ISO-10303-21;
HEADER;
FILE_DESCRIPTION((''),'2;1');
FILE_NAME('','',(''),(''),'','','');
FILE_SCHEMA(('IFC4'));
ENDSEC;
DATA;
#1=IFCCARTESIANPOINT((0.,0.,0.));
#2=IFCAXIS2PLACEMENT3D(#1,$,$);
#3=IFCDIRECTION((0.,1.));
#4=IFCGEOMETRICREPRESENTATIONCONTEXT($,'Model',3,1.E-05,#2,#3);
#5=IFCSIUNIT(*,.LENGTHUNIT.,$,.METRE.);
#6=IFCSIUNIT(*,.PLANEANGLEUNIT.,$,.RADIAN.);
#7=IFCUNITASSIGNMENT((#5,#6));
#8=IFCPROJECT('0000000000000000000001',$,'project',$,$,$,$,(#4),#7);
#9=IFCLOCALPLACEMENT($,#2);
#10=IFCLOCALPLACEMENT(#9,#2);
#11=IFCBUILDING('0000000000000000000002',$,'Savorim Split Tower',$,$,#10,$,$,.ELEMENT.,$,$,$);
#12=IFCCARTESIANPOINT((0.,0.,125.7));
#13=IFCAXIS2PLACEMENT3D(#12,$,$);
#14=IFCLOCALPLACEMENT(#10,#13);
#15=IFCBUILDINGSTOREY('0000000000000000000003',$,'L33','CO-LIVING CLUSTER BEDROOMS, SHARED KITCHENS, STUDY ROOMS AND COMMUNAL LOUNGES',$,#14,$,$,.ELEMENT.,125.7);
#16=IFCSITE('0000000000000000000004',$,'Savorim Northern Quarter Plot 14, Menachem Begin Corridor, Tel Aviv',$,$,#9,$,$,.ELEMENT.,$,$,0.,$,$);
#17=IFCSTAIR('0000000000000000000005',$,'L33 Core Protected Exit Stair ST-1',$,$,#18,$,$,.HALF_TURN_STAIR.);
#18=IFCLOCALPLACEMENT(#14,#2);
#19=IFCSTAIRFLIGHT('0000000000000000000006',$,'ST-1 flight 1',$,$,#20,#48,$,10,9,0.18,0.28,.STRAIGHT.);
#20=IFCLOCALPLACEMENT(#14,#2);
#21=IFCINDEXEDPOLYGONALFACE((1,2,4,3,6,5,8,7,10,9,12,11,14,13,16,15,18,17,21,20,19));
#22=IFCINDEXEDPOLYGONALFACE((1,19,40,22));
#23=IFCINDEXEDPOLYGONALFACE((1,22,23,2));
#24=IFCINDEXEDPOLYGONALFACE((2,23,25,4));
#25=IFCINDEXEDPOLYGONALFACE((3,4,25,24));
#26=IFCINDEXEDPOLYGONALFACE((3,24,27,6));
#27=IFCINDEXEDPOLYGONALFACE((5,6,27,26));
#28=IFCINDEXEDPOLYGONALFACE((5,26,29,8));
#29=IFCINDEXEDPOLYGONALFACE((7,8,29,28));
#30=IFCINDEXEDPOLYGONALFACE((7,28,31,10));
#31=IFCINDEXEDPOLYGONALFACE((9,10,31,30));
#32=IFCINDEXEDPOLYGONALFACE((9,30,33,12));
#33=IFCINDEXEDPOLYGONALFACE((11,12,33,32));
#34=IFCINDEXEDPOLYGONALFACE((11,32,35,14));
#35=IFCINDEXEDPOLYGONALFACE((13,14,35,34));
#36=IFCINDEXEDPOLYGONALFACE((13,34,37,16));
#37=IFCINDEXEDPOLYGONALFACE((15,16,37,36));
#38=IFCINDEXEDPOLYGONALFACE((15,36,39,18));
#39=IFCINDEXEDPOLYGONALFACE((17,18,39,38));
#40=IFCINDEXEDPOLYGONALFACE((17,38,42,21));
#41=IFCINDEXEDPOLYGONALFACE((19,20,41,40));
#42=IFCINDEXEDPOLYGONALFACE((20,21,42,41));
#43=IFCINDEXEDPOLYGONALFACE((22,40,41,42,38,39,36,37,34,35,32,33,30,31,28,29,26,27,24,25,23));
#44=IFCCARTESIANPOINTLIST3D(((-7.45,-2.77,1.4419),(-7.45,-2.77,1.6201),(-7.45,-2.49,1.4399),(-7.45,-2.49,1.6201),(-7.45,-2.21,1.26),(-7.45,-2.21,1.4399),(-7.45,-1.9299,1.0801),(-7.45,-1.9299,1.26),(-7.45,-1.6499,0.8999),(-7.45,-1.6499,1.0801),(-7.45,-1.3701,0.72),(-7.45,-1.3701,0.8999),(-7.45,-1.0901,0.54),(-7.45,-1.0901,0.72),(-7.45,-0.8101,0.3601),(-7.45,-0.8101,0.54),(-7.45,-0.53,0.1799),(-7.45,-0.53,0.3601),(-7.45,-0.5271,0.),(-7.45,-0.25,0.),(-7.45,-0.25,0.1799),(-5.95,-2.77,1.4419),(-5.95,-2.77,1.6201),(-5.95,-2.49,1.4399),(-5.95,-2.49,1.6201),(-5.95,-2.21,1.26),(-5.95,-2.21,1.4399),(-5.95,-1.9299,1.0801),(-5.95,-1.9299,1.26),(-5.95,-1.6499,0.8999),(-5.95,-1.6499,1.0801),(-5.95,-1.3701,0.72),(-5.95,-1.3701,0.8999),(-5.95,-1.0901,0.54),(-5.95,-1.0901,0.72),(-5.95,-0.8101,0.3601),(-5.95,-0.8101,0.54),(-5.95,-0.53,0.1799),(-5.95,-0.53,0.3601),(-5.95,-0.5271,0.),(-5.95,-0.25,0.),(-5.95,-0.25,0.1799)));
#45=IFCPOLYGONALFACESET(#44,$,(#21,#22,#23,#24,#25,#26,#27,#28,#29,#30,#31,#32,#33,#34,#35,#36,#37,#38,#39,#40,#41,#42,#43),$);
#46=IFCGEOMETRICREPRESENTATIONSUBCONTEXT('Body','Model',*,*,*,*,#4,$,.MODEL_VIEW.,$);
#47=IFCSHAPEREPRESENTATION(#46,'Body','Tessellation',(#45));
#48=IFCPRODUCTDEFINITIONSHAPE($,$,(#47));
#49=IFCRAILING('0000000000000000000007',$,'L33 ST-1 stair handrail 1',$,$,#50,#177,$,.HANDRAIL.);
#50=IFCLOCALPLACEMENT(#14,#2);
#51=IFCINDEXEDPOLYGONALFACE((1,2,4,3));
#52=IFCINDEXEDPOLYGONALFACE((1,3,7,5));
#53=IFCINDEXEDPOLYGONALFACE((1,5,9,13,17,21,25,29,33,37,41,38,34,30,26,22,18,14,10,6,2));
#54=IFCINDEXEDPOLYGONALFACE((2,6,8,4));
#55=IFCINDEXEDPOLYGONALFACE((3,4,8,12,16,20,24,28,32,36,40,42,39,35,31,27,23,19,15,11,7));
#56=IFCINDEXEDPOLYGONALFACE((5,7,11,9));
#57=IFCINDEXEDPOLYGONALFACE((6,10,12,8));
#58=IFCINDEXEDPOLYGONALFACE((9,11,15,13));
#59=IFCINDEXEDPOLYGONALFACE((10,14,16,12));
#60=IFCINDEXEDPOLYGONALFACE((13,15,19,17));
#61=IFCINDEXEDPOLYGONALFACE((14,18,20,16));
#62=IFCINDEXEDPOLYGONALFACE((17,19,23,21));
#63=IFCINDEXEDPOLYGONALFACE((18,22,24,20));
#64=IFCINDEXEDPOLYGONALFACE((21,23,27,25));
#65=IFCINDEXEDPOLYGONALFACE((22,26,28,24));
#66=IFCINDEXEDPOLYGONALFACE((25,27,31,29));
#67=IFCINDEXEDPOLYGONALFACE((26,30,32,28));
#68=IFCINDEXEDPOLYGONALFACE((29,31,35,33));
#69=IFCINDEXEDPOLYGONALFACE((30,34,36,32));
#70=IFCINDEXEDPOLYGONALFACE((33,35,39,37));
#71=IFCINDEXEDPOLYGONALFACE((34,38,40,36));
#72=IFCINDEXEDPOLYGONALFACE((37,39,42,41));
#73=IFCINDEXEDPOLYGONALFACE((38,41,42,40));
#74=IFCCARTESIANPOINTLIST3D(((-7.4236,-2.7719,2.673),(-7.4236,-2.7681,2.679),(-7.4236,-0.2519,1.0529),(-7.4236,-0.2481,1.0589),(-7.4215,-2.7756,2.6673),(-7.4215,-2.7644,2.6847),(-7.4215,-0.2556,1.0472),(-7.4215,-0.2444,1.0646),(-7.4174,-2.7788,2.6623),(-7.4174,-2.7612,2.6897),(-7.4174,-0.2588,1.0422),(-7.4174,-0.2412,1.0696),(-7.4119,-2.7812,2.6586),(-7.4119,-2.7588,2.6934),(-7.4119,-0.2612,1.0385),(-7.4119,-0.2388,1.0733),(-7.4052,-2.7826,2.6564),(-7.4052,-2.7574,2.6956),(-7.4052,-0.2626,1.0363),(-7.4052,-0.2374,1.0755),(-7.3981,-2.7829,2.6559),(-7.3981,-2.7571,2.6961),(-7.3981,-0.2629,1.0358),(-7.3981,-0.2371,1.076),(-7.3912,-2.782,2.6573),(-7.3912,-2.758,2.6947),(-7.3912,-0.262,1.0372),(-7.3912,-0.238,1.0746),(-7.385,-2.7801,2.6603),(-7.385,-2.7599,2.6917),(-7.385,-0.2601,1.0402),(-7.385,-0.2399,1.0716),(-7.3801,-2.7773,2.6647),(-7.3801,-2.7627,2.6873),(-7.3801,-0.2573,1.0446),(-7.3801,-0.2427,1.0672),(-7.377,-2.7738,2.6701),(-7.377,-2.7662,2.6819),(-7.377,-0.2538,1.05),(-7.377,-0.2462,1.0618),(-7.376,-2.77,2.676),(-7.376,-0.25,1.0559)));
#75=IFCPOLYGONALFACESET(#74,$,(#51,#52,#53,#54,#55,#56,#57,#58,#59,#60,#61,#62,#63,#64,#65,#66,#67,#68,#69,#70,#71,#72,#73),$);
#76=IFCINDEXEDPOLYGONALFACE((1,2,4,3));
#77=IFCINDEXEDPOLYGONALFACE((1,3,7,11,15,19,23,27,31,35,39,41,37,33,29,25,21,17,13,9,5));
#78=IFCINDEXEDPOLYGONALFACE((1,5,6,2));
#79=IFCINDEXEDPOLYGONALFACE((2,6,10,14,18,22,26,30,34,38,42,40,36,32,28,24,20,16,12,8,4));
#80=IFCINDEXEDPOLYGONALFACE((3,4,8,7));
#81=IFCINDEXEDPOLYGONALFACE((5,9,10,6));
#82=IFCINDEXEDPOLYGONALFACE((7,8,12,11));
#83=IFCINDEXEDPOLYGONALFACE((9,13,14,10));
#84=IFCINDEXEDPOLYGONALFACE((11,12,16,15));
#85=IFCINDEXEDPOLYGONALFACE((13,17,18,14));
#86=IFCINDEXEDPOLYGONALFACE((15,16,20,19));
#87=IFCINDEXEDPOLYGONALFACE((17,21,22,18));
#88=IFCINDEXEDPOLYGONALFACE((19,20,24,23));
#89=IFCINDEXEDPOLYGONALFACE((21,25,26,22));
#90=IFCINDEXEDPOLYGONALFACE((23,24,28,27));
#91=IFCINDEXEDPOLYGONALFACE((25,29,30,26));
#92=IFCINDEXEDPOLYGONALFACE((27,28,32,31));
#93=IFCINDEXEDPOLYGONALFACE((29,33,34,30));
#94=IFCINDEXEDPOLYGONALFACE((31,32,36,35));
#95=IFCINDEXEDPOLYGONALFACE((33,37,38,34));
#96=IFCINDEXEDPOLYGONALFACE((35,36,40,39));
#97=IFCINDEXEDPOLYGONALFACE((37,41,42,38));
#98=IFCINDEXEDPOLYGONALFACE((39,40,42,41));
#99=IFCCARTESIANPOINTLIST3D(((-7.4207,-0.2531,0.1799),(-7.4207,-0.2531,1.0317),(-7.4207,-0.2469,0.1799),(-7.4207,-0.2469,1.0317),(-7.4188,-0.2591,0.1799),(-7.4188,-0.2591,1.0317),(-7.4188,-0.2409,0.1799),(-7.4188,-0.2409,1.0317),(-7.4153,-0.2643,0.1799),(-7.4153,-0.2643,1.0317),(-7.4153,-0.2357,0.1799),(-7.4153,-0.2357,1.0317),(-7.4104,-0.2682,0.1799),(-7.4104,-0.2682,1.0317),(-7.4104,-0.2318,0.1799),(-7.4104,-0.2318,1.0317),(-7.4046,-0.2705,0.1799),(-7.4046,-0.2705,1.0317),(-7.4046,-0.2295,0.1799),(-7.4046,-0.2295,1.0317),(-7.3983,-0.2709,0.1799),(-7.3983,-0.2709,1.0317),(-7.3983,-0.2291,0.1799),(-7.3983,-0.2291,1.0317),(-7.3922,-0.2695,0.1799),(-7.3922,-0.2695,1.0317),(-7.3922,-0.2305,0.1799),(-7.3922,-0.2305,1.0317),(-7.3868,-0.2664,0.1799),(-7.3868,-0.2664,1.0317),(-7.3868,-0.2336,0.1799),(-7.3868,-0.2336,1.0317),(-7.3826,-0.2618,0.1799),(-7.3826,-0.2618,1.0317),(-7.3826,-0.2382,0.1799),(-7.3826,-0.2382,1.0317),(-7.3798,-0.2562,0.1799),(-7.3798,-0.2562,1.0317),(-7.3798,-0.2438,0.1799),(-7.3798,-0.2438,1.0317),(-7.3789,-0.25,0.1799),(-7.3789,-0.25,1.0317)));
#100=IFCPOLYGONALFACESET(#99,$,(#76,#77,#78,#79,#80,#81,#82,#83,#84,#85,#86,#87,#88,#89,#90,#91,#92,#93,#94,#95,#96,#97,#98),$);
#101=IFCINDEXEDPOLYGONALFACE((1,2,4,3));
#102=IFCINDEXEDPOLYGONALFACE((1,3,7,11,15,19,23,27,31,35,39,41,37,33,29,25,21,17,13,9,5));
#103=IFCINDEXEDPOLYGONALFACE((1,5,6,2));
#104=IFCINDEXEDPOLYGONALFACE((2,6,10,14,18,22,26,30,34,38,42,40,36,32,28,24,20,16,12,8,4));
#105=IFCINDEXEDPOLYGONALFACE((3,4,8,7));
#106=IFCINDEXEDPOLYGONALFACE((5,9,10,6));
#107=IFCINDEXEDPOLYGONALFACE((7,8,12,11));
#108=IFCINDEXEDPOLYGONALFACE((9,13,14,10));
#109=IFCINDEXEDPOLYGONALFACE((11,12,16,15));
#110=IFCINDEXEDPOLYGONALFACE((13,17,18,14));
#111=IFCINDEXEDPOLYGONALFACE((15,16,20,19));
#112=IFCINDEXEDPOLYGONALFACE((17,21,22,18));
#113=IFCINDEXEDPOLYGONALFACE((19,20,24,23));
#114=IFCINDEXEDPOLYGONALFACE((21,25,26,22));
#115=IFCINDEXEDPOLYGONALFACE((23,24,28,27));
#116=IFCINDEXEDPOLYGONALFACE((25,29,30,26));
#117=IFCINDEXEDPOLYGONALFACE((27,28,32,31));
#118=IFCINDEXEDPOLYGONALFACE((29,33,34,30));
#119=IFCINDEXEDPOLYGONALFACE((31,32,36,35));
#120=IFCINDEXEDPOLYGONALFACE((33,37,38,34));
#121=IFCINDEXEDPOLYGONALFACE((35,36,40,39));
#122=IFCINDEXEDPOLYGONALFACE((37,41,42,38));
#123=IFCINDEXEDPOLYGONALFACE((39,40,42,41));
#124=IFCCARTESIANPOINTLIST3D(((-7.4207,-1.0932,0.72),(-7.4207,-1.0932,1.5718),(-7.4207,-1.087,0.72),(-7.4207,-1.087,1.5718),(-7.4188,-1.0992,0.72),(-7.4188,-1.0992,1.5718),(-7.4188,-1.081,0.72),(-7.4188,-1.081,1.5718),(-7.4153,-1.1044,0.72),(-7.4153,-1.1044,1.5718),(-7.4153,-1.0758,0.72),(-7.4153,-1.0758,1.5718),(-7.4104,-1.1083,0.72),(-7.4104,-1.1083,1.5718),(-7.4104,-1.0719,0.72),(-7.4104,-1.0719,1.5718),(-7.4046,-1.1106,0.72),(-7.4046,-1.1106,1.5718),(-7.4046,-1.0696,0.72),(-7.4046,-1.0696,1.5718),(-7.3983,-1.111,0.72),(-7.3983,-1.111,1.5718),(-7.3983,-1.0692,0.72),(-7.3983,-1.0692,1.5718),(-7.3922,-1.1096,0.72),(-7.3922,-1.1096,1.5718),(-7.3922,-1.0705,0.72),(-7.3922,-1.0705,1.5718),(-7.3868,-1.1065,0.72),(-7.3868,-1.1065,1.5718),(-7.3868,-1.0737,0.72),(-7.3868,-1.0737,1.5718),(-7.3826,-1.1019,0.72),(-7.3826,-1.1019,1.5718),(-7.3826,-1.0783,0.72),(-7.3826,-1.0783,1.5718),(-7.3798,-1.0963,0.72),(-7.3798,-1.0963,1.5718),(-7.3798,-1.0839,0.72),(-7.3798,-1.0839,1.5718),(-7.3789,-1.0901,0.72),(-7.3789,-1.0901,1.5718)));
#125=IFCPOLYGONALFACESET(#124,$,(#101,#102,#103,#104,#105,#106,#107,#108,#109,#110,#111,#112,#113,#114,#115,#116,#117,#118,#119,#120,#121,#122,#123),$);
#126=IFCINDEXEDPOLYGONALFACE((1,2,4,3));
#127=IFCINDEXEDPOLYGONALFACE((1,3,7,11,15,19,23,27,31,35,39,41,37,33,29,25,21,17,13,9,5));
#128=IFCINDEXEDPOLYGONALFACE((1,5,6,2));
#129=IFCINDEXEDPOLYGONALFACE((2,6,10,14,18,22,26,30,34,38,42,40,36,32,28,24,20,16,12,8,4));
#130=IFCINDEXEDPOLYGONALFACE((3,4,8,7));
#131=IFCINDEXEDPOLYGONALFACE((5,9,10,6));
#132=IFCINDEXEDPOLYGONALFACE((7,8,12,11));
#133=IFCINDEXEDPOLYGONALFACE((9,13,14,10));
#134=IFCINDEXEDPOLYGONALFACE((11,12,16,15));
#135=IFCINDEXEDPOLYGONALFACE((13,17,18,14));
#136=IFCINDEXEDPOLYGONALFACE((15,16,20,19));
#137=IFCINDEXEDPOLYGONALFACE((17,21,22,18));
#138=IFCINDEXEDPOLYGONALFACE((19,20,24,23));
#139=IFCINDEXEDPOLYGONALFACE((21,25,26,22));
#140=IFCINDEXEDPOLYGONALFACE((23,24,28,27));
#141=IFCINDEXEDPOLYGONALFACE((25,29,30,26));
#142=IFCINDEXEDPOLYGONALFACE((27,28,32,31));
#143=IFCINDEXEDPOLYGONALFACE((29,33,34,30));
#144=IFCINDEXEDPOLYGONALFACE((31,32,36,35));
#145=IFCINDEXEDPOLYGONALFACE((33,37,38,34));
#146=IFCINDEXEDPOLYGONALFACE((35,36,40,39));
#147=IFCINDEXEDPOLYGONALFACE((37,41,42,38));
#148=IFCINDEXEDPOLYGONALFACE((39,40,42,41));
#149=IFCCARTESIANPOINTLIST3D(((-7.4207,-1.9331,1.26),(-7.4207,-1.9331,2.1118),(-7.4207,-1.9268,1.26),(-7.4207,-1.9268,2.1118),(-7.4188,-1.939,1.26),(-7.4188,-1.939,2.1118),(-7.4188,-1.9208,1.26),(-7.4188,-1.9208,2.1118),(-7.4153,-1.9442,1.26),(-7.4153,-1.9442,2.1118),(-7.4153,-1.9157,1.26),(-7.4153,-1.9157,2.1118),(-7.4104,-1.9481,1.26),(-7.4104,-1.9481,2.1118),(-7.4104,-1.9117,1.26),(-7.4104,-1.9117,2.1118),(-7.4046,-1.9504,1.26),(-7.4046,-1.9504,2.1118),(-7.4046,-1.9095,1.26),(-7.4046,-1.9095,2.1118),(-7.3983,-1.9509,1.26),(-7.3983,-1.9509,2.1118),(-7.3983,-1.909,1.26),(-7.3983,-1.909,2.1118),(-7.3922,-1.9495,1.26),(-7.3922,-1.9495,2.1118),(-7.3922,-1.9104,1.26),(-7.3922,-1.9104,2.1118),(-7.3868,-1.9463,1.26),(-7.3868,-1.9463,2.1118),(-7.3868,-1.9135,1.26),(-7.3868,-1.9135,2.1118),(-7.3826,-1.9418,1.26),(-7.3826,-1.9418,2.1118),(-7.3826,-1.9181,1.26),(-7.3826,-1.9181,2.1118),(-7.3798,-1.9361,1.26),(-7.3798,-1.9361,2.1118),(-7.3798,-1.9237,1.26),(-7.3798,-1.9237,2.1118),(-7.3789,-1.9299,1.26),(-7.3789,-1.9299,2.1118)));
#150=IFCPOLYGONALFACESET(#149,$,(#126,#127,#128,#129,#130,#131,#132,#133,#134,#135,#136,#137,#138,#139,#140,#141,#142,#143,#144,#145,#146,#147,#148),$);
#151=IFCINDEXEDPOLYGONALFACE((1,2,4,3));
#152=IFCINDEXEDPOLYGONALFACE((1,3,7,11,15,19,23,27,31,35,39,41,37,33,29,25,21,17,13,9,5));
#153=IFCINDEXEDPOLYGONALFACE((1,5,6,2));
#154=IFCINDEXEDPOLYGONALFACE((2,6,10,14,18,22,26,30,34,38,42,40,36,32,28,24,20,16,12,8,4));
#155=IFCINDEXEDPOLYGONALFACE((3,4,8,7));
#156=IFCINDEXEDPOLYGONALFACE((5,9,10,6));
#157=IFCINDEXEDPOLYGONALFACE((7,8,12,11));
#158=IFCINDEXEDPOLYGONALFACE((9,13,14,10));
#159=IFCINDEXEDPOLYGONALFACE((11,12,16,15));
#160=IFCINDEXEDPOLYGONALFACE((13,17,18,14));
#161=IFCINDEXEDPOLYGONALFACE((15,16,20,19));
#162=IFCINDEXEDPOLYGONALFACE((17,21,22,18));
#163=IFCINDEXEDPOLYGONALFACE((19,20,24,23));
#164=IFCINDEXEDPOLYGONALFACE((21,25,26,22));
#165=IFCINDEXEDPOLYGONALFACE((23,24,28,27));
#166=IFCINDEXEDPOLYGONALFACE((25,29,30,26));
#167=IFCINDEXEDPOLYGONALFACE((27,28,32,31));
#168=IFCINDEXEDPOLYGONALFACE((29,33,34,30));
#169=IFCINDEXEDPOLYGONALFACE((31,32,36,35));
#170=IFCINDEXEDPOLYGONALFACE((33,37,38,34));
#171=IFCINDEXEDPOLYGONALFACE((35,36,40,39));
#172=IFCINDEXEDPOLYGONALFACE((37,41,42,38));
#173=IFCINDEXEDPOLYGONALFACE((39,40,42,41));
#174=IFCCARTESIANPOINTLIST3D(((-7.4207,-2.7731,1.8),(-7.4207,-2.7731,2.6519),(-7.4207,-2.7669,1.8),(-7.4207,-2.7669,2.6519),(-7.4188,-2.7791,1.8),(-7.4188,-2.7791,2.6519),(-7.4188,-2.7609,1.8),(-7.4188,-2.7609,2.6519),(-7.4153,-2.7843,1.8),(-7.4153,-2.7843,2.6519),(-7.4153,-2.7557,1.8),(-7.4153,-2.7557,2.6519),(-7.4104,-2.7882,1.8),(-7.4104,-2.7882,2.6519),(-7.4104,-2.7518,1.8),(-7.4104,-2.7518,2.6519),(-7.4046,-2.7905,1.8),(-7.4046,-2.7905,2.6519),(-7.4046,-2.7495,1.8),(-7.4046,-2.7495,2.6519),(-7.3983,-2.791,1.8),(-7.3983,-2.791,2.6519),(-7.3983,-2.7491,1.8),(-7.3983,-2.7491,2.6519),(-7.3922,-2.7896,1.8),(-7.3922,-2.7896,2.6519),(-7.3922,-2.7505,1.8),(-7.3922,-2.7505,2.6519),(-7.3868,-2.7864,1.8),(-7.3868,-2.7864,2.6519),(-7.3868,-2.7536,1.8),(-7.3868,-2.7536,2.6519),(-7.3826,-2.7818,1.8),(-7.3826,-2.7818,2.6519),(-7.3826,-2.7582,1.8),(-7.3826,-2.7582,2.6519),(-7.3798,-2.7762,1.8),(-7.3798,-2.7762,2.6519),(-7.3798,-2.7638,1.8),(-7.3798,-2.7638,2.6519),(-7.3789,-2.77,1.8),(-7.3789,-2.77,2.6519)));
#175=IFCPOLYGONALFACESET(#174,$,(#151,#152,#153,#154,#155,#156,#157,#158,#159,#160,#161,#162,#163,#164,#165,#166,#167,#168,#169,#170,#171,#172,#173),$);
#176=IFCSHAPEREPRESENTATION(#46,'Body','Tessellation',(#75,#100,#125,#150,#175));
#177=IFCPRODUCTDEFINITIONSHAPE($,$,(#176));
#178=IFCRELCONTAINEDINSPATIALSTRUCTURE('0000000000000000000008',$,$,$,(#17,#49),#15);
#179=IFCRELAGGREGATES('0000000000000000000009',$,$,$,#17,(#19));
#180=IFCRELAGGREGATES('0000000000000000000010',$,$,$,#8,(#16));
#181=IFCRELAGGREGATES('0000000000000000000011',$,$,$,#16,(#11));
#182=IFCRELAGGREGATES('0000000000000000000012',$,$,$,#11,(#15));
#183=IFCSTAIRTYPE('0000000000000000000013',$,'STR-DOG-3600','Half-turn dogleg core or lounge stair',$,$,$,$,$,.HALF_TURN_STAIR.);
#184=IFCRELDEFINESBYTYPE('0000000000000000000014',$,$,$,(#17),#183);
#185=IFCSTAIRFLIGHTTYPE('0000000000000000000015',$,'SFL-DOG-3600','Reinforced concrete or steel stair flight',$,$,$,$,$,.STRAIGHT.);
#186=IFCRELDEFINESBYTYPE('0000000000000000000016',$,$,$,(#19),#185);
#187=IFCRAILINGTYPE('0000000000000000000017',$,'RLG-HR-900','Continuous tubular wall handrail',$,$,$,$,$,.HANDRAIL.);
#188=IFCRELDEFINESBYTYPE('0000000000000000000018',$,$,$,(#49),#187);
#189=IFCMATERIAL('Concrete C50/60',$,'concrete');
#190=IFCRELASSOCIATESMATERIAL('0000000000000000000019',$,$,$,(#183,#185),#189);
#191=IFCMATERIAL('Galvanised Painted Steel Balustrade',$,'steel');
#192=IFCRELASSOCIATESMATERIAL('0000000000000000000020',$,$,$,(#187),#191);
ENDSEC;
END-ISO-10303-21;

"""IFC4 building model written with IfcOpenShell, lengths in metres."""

from ifc_helpers import new_model, si_unit, direction, frame, origin, origin_2d, place, context, subcontext, project, spatial, polyline, circle, outline, extrude, material, type_object, element, aggregate, save


model = new_model("IFC4")

# Units and contexts
model_context = context("Model", 3, precision=1e-05, world=origin(), true_north=direction((0.0, 1.0)))
body_context = subcontext(model_context, "Body", "Model", "MODEL_VIEW")
ifc_project = project(units=[si_unit("LENGTHUNIT", "METRE"), si_unit("PLANEANGLEUNIT", "RADIAN")], contexts=[model_context])

# Site, building, storey
site_placement = place(None, origin())
site = spatial("IfcSite", under=ifc_project, at=site_placement, Name="Savorim Northern Quarter Plot 14, Menachem Begin Corridor, Tel Aviv", CompositionType="ELEMENT", RefElevation=0.0)
building_placement = place(site_placement, origin())
building = spatial("IfcBuilding", under=site, at=building_placement, Name="Savorim Split Tower", CompositionType="ELEMENT")
storey_placement = place(building_placement, frame((0.0, 0.0, 125.7)))
storey = spatial("IfcBuildingStorey", under=building, at=storey_placement, Name="L33", Description="CO-LIVING CLUSTER BEDROOMS, SHARED KITCHENS, STUDY ROOMS AND COMMUNAL LOUNGES", CompositionType="ELEMENT", Elevation=125.7)

# Shared definitions
ifc_material_1 = material(Name="Concrete C50/60", Category="concrete")

# Stair, stair flight
stair_type = type_object("IfcStairType", Name="STR-DOG-3600", Description="Half-turn dogleg core or lounge stair", PredefinedType="HALF_TURN_STAIR", material=ifc_material_1)
stair_placement = place(storey_placement, origin())
stair = element("IfcStair", 1, at=stair_placement, inside=storey, type_object=stair_type, Name="L33 Core Protected Exit Stair ST-1", PredefinedType="HALF_TURN_STAIR")
stair_flight_type = type_object("IfcStairFlightType", Name="SFL-DOG-3600", Description="Reinforced concrete or steel stair flight", PredefinedType="STRAIGHT", material=ifc_material_1)
stair_flight_placement = place(storey_placement, frame((-6.7, -0.25, 0.0), z_axis=(0.0, 0.0, 1.0), x_axis=(0.0, -1.0, 0.0)))
stair_flight = element("IfcStairFlight", 2, at=stair_flight_placement, type_object=stair_flight_type, Name="ST-1 flight 1", NumberOfRisers=10, NumberOfTreads=9, PredefinedType="STRAIGHT", RiserHeight=0.18, TreadLength=0.28, context=body_context, shape_type="SweptSolid", body=[
    extrude(outline(polyline([(0.0, 0.0), (0.0, 0.1799), (0.28, 0.1799), (0.28, 0.3601), (0.5601, 0.3601), (0.5601, 0.54), (0.8401, 0.54), (0.8401, 0.72), (1.1201, 0.72), (1.1201, 0.8999), (1.3999, 0.8999), (1.3999, 1.0801), (1.6799, 1.0801), (1.6799, 1.26), (1.96, 1.26), (1.96, 1.4399), (2.24, 1.4399), (2.24, 1.6201), (2.52, 1.6201), (2.52, 1.8), (2.52, 1.4419), (0.2771, 0.0), (0.0, 0.0)])), frame((0.0, 0.75, 0.0), z_axis=(0.0, -1.0, 0.0), x_axis=(1.0, 0.0, 0.0)), (0.0, 0.0, 1.0), 1.5),
])
aggregate(stair, [stair_flight])

# Railing
ifc_material_2 = material(Name="Galvanised Painted Steel Balustrade", Category="steel")
railing_type_1 = type_object("IfcRailingType", Name="RLG-HR-900", Description="Continuous tubular wall handrail", PredefinedType="HANDRAIL", material=ifc_material_2)
railing_1_placement = place(storey_placement, frame((-7.3999, -0.25, 0.1799)))
element("IfcRailing", 3, at=railing_1_placement, inside=storey, type_object=railing_type_1, Name="L33 ST-1 stair handrail 1", PredefinedType="HANDRAIL", context=body_context, shape_type="SweptSolid", body=[
    extrude(circle(Radius=0.0239, at=origin_2d()), frame((0.0, 0.0, 0.876), z_axis=(0.0, -0.841163, 0.540782), x_axis=(1.0, 0.0, 0.0)), (0.0, 0.0, 1.0), 2.9958),
    extrude(circle(Radius=0.021, at=origin_2d()), origin(), (0.0, 0.0, 1.0), 0.8518),
    extrude(circle(Radius=0.021, at=origin_2d()), frame((0.0, -0.8401, 0.54)), (0.0, 0.0, 1.0), 0.8518),
    extrude(circle(Radius=0.021, at=origin_2d()), frame((0.0, -1.6799, 1.0801)), (0.0, 0.0, 1.0), 0.8518),
    extrude(circle(Radius=0.021, at=origin_2d()), frame((0.0, -2.52, 1.6201)), (0.0, 0.0, 1.0), 0.8518),
])

save(model, "model.ifc")
